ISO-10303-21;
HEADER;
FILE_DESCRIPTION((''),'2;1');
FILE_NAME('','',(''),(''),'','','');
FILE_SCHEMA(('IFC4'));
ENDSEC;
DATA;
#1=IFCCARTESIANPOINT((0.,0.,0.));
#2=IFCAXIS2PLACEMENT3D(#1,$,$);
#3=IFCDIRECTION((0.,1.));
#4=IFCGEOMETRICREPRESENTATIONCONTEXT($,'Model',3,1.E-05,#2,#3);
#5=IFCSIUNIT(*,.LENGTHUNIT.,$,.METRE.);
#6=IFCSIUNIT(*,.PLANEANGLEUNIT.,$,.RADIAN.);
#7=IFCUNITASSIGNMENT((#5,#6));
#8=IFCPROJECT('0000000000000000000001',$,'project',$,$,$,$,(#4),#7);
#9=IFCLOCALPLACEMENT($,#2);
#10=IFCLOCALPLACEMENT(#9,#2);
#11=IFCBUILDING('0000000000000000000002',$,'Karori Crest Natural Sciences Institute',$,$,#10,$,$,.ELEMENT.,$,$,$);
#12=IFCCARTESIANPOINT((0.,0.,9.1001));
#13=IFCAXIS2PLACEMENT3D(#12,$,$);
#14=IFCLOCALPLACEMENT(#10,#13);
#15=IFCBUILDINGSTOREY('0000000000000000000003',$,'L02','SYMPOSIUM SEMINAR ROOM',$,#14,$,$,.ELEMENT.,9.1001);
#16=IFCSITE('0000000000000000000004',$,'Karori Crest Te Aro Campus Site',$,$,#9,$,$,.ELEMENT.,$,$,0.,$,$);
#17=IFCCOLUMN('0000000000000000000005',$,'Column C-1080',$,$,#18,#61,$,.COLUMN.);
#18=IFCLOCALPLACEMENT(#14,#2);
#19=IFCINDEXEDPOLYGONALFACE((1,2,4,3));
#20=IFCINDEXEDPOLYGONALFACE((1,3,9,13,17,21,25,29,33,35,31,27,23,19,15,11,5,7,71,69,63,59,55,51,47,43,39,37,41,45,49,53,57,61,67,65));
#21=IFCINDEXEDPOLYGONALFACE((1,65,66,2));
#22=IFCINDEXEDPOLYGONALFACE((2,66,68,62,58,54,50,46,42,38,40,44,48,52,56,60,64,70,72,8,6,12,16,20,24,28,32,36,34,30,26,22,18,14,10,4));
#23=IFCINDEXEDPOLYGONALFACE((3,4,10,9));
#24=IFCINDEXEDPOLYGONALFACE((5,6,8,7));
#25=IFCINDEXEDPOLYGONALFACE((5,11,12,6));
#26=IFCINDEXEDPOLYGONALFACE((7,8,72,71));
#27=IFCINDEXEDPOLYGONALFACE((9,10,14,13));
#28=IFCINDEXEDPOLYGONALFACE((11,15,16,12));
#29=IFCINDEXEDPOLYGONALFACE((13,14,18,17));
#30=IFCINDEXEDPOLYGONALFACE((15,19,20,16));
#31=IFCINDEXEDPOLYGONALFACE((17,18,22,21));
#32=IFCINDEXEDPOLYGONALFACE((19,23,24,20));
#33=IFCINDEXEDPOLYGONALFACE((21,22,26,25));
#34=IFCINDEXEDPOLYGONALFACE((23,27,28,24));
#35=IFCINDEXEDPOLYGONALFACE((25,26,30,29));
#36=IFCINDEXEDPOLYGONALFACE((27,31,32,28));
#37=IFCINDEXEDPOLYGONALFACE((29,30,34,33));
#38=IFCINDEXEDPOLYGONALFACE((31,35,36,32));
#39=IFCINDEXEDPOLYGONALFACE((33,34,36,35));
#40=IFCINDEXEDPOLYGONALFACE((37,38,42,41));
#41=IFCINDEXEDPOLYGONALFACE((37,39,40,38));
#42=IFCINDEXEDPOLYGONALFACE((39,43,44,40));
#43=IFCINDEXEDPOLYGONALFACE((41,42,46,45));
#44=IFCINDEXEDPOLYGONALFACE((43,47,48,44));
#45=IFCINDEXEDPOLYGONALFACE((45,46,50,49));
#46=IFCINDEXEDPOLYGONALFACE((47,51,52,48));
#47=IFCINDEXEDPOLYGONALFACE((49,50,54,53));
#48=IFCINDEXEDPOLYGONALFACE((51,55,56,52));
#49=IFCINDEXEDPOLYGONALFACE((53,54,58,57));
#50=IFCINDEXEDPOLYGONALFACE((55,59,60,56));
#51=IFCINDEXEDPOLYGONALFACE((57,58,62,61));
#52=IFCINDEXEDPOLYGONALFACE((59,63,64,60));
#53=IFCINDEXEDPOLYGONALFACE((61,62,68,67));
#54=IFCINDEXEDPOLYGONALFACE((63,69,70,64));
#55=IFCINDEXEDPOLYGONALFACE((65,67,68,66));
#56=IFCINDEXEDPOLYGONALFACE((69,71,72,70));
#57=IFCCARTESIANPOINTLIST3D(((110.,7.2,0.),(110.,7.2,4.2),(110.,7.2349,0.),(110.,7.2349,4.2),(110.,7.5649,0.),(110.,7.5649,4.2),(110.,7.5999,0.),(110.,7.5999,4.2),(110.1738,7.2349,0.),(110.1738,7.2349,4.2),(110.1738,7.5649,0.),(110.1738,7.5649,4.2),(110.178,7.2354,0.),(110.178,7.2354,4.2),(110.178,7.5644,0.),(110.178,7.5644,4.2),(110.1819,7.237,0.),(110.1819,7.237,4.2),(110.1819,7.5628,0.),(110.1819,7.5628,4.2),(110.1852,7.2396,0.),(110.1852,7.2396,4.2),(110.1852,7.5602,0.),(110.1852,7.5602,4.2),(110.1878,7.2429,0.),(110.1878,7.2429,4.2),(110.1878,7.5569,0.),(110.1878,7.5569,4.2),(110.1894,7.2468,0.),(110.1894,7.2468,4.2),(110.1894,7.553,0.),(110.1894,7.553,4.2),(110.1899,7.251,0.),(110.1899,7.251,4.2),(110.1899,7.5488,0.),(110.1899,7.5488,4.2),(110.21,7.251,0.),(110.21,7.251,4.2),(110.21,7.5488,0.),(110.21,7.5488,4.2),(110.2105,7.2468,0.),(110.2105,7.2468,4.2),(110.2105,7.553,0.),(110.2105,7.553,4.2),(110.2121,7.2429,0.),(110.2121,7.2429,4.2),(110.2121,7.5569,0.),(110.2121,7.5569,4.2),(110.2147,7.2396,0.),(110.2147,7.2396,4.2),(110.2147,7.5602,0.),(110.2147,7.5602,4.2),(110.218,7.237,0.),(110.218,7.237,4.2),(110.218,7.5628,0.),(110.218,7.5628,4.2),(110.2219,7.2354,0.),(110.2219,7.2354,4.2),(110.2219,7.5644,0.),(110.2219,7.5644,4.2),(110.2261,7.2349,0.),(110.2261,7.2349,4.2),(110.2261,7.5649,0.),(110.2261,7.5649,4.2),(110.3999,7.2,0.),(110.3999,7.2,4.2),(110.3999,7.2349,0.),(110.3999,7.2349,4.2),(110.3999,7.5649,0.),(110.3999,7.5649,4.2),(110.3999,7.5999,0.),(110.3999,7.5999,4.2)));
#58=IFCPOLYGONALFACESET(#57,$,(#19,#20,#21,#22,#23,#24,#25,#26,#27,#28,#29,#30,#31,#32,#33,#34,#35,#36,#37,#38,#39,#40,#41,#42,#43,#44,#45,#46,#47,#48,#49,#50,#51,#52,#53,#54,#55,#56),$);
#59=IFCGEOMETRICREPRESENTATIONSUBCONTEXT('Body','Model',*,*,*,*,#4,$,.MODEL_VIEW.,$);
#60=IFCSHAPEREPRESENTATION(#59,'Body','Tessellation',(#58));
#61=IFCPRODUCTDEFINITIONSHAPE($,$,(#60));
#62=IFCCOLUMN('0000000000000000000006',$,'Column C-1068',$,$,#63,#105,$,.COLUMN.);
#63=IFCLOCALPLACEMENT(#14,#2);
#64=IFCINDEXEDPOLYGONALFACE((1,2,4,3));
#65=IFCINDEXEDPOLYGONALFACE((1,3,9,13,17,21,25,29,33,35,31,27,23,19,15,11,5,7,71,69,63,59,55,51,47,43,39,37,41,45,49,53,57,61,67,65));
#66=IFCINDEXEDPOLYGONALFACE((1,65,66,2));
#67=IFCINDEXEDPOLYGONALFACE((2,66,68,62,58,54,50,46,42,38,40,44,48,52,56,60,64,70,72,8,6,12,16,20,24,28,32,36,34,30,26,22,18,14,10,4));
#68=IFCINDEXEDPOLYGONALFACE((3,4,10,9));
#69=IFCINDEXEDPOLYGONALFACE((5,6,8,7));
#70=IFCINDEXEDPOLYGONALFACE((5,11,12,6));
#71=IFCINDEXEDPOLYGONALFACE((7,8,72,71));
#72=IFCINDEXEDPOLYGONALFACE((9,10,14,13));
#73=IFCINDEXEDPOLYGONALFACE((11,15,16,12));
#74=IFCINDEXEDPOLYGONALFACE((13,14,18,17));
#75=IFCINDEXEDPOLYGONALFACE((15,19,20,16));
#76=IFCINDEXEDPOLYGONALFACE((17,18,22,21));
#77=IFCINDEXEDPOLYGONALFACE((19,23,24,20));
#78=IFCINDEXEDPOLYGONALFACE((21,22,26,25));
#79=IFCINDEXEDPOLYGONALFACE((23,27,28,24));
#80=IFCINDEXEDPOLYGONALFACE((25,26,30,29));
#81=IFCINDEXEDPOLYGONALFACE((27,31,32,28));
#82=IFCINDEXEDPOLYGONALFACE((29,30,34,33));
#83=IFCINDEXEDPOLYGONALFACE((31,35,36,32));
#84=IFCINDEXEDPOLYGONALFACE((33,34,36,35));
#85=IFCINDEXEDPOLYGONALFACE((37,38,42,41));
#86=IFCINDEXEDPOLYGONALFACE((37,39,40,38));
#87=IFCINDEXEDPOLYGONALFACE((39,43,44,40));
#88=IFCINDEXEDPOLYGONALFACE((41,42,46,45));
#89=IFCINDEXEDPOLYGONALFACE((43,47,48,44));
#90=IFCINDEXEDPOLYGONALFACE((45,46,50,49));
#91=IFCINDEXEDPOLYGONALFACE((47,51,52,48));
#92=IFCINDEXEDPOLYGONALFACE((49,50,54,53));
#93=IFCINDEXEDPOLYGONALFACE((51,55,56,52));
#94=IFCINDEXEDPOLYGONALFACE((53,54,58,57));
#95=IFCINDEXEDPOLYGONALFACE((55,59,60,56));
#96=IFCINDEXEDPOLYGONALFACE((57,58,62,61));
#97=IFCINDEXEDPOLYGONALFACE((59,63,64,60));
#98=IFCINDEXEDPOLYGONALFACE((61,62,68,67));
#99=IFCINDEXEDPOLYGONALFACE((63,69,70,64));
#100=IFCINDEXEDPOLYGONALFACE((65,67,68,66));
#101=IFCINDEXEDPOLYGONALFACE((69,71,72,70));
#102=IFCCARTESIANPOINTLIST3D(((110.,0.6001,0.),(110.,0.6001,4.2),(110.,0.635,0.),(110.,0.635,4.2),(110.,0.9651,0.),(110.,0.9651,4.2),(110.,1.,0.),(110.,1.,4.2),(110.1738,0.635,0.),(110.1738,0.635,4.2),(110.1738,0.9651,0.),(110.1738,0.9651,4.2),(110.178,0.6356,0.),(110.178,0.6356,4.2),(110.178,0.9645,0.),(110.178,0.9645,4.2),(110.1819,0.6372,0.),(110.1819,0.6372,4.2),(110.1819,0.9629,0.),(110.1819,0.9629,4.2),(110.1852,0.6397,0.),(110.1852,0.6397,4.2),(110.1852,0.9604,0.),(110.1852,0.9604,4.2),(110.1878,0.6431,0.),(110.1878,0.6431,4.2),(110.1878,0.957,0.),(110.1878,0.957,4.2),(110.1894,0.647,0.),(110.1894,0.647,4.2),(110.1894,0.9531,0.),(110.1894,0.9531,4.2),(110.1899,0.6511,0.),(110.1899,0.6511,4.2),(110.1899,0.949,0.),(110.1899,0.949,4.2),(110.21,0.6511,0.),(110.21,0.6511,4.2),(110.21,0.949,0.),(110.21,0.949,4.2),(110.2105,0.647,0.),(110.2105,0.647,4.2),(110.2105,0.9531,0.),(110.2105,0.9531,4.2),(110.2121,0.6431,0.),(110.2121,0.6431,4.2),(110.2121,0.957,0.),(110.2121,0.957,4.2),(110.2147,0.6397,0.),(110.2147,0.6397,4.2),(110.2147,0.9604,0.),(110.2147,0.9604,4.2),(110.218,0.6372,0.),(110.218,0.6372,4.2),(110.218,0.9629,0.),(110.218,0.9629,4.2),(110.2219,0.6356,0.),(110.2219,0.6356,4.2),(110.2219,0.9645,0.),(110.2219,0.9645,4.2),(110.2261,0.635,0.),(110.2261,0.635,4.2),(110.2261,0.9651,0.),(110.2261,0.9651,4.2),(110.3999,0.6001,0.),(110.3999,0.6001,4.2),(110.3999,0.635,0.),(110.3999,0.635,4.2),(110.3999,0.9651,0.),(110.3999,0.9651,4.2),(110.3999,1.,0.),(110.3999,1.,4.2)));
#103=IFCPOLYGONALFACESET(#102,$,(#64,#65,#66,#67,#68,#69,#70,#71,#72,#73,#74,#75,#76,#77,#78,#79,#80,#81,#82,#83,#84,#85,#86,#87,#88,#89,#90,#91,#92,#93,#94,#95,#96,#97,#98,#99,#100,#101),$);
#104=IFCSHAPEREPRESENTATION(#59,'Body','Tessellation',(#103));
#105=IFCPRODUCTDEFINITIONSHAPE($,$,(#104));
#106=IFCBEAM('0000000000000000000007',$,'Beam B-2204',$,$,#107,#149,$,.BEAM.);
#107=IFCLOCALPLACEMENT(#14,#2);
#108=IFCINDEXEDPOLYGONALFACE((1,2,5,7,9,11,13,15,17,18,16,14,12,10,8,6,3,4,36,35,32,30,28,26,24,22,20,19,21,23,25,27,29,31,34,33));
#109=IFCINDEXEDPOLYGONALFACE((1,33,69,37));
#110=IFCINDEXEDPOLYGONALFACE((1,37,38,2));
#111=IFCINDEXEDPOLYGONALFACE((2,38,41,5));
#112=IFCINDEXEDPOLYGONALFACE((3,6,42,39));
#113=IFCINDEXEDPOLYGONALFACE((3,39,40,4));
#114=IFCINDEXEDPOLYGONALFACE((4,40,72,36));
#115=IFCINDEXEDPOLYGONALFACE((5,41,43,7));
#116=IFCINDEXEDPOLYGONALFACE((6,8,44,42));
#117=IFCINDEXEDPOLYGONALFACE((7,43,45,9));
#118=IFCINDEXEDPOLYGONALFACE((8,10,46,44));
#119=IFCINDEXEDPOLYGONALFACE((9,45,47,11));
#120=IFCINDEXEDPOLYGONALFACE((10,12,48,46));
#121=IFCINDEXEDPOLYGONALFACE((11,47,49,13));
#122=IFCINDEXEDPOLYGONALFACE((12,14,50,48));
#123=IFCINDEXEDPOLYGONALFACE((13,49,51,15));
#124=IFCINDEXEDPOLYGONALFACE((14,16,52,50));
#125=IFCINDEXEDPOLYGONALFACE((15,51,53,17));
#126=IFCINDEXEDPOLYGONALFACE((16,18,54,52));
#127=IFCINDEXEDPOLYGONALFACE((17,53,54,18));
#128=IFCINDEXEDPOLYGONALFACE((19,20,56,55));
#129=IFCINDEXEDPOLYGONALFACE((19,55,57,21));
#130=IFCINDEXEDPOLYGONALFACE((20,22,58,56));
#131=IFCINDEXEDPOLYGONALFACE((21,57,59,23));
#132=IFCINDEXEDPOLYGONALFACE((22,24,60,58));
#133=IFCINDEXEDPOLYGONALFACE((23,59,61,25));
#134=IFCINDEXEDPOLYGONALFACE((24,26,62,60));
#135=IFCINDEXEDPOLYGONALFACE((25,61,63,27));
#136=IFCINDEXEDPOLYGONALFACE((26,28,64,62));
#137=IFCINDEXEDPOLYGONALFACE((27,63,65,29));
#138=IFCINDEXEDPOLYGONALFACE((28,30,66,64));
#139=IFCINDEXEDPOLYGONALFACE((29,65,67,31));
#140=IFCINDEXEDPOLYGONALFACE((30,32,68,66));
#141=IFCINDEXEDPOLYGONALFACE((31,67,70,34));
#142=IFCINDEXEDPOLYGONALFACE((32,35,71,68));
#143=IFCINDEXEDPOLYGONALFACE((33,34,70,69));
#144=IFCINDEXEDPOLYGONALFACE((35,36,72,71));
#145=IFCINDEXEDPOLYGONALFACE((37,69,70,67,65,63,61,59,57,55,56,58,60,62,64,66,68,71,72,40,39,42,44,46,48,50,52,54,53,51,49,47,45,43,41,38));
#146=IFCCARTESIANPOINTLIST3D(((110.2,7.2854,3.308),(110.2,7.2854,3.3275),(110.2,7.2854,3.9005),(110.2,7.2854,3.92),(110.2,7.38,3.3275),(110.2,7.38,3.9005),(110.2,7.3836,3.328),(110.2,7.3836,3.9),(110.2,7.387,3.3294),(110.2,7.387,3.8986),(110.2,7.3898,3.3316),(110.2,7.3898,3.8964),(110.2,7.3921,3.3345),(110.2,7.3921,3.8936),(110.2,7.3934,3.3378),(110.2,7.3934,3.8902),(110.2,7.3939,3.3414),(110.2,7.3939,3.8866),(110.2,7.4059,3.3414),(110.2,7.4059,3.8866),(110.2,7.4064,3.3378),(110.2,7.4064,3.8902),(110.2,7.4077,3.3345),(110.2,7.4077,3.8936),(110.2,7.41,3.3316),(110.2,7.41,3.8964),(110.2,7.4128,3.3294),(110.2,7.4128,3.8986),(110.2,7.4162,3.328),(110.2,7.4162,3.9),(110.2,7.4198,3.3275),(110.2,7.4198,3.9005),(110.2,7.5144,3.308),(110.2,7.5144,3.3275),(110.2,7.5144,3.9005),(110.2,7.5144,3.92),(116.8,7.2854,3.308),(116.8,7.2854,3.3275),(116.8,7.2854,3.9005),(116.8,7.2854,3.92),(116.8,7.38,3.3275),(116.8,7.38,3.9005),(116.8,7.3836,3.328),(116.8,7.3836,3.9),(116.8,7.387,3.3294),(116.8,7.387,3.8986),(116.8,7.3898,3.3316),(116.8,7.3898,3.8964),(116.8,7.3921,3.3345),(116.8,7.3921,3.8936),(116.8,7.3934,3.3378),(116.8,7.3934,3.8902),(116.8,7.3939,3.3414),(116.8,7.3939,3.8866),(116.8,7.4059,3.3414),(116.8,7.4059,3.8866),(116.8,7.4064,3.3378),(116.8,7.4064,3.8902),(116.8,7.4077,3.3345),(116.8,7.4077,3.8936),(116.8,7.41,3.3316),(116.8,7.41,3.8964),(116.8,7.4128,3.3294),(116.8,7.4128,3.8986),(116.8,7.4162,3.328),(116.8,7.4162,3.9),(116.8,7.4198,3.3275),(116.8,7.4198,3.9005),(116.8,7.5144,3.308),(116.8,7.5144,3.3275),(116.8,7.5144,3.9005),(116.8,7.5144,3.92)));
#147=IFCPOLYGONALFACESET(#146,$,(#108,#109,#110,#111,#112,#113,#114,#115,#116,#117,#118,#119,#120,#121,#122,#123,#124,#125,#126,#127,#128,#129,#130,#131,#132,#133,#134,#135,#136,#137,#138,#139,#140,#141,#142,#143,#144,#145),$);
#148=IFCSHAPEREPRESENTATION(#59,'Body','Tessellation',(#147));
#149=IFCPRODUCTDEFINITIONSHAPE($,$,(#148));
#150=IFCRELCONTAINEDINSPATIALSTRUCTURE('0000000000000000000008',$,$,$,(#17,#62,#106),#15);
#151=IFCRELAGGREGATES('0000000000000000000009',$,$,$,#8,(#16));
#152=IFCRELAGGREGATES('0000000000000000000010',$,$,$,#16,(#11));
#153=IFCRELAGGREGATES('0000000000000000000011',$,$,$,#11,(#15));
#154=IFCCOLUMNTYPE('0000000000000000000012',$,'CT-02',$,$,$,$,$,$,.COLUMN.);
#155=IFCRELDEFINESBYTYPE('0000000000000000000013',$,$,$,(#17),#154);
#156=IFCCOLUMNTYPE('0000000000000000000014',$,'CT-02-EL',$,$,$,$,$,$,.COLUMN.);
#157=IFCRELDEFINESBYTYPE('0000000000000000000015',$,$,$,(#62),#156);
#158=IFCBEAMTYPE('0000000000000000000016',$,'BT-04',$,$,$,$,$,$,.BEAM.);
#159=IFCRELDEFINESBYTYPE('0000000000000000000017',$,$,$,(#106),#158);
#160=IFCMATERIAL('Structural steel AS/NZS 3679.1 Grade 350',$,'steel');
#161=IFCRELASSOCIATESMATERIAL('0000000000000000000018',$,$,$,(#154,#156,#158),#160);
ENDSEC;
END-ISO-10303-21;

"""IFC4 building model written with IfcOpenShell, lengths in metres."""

from ifc_helpers import new_model, si_unit, direction, frame, origin, origin_2d, place, context, subcontext, project, spatial, i_section, extrude, material, material_profile, profile_set, type_object, element, save


model = new_model("IFC4")

# Units and contexts
model_context = context("Model", 3, precision=1e-05, world=origin(), true_north=direction((0.0, 1.0)))
body_context = subcontext(model_context, "Body", "Model", "MODEL_VIEW")
ifc_project = project(units=[si_unit("LENGTHUNIT", "METRE"), si_unit("PLANEANGLEUNIT", "RADIAN")], contexts=[model_context])

# Site, building, storey
site_placement = place(None, origin())
site = spatial("IfcSite", under=ifc_project, at=site_placement, Name="Karori Crest Te Aro Campus Site", CompositionType="ELEMENT", RefElevation=0.0)
building_placement = place(site_placement, origin())
building = spatial("IfcBuilding", under=site, at=building_placement, Name="Karori Crest Natural Sciences Institute", CompositionType="ELEMENT")
storey_placement = place(building_placement, frame((0.0, 0.0, 9.1001)))
storey = spatial("IfcBuildingStorey", under=building, at=storey_placement, Name="L02", Description="SYMPOSIUM SEMINAR ROOM", CompositionType="ELEMENT", Elevation=9.1001)

# Columns
ifc_material_1 = material(Name="Structural steel AS/NZS 3679.1 Grade 350", Category="steel")
ifc_material_profile_1 = material_profile(ifc_material_1, i_section(OverallWidth=0.3999, OverallDepth=0.3999, WebThickness=0.02, FlangeThickness=0.0349, FilletRadius=0.0161, at=origin_2d()), Name="400WC328")
ifc_profile_set_1 = profile_set([ifc_material_profile_1], Name="Structural steel AS/NZS 3679.1 Grade 350")
column_type_1 = type_object("IfcColumnType", Name="CT-02", PredefinedType="COLUMN", material=ifc_profile_set_1)
column_1_placement = place(storey_placement, frame((110.2, 7.3999, 0.0), z_axis=(0.0, 0.0, 1.0), x_axis=(1.0, 0.0, 0.0)))
element("IfcColumn", 1, at=column_1_placement, inside=storey, type_object=column_type_1, Name="Column C-1080", PredefinedType="COLUMN", context=body_context, shape_type="SweptSolid", body=[
    extrude(i_section(OverallWidth=0.3999, OverallDepth=0.3999, WebThickness=0.02, FlangeThickness=0.0349, FilletRadius=0.0161, at=origin_2d()), origin(), (0.0, 0.0, 1.0), 4.2),
])
ifc_material_profile_2 = material_profile(ifc_material_1, i_section(OverallWidth=0.3999, OverallDepth=0.3999, WebThickness=0.02, FlangeThickness=0.0349, FilletRadius=0.0161, at=origin_2d()), Name="400WC328")
ifc_profile_set_2 = profile_set([ifc_material_profile_2], Name="Structural steel AS/NZS 3679.1 Grade 350")
column_type_2 = type_object("IfcColumnType", Name="CT-02-EL", PredefinedType="COLUMN", material=ifc_profile_set_2)
column_2_placement = place(storey_placement, frame((110.2, 0.8, 0.0), z_axis=(0.0, 0.0, 1.0), x_axis=(1.0, 0.0, 0.0)))
element("IfcColumn", 2, at=column_2_placement, inside=storey, type_object=column_type_2, Name="Column C-1068", PredefinedType="COLUMN", context=body_context, shape_type="SweptSolid", body=[
    extrude(i_section(OverallWidth=0.3999, OverallDepth=0.3999, WebThickness=0.02, FlangeThickness=0.0349, FilletRadius=0.0161, at=origin_2d()), origin(), (0.0, 0.0, 1.0), 4.2),
])

# Beam
ifc_material_profile_3 = material_profile(ifc_material_1, i_section(OverallWidth=0.229, OverallDepth=0.6121, WebThickness=0.012, FlangeThickness=0.0195, FilletRadius=0.0139, at=origin_2d()), Name="610UB125")
ifc_profile_set_3 = profile_set([ifc_material_profile_3], Name="Structural steel AS/NZS 3679.1 Grade 350")
beam_type_1 = type_object("IfcBeamType", Name="BT-04", PredefinedType="BEAM", material=ifc_profile_set_3)
beam_1_placement = place(storey_placement, frame((110.2, 7.3999, 3.614), z_axis=(1.0, 0.0, 0.0), x_axis=(0.0, 1.0, 0.0)))
element("IfcBeam", 3, at=beam_1_placement, inside=storey, type_object=beam_type_1, Name="Beam B-2204", PredefinedType="BEAM", context=body_context, shape_type="SweptSolid", body=[
    extrude(i_section(OverallWidth=0.229, OverallDepth=0.6121, WebThickness=0.012, FlangeThickness=0.0195, FilletRadius=0.0139, at=origin_2d()), origin(), (0.0, 0.0, 1.0), 6.6001),
])

save(model, "model.ifc")
